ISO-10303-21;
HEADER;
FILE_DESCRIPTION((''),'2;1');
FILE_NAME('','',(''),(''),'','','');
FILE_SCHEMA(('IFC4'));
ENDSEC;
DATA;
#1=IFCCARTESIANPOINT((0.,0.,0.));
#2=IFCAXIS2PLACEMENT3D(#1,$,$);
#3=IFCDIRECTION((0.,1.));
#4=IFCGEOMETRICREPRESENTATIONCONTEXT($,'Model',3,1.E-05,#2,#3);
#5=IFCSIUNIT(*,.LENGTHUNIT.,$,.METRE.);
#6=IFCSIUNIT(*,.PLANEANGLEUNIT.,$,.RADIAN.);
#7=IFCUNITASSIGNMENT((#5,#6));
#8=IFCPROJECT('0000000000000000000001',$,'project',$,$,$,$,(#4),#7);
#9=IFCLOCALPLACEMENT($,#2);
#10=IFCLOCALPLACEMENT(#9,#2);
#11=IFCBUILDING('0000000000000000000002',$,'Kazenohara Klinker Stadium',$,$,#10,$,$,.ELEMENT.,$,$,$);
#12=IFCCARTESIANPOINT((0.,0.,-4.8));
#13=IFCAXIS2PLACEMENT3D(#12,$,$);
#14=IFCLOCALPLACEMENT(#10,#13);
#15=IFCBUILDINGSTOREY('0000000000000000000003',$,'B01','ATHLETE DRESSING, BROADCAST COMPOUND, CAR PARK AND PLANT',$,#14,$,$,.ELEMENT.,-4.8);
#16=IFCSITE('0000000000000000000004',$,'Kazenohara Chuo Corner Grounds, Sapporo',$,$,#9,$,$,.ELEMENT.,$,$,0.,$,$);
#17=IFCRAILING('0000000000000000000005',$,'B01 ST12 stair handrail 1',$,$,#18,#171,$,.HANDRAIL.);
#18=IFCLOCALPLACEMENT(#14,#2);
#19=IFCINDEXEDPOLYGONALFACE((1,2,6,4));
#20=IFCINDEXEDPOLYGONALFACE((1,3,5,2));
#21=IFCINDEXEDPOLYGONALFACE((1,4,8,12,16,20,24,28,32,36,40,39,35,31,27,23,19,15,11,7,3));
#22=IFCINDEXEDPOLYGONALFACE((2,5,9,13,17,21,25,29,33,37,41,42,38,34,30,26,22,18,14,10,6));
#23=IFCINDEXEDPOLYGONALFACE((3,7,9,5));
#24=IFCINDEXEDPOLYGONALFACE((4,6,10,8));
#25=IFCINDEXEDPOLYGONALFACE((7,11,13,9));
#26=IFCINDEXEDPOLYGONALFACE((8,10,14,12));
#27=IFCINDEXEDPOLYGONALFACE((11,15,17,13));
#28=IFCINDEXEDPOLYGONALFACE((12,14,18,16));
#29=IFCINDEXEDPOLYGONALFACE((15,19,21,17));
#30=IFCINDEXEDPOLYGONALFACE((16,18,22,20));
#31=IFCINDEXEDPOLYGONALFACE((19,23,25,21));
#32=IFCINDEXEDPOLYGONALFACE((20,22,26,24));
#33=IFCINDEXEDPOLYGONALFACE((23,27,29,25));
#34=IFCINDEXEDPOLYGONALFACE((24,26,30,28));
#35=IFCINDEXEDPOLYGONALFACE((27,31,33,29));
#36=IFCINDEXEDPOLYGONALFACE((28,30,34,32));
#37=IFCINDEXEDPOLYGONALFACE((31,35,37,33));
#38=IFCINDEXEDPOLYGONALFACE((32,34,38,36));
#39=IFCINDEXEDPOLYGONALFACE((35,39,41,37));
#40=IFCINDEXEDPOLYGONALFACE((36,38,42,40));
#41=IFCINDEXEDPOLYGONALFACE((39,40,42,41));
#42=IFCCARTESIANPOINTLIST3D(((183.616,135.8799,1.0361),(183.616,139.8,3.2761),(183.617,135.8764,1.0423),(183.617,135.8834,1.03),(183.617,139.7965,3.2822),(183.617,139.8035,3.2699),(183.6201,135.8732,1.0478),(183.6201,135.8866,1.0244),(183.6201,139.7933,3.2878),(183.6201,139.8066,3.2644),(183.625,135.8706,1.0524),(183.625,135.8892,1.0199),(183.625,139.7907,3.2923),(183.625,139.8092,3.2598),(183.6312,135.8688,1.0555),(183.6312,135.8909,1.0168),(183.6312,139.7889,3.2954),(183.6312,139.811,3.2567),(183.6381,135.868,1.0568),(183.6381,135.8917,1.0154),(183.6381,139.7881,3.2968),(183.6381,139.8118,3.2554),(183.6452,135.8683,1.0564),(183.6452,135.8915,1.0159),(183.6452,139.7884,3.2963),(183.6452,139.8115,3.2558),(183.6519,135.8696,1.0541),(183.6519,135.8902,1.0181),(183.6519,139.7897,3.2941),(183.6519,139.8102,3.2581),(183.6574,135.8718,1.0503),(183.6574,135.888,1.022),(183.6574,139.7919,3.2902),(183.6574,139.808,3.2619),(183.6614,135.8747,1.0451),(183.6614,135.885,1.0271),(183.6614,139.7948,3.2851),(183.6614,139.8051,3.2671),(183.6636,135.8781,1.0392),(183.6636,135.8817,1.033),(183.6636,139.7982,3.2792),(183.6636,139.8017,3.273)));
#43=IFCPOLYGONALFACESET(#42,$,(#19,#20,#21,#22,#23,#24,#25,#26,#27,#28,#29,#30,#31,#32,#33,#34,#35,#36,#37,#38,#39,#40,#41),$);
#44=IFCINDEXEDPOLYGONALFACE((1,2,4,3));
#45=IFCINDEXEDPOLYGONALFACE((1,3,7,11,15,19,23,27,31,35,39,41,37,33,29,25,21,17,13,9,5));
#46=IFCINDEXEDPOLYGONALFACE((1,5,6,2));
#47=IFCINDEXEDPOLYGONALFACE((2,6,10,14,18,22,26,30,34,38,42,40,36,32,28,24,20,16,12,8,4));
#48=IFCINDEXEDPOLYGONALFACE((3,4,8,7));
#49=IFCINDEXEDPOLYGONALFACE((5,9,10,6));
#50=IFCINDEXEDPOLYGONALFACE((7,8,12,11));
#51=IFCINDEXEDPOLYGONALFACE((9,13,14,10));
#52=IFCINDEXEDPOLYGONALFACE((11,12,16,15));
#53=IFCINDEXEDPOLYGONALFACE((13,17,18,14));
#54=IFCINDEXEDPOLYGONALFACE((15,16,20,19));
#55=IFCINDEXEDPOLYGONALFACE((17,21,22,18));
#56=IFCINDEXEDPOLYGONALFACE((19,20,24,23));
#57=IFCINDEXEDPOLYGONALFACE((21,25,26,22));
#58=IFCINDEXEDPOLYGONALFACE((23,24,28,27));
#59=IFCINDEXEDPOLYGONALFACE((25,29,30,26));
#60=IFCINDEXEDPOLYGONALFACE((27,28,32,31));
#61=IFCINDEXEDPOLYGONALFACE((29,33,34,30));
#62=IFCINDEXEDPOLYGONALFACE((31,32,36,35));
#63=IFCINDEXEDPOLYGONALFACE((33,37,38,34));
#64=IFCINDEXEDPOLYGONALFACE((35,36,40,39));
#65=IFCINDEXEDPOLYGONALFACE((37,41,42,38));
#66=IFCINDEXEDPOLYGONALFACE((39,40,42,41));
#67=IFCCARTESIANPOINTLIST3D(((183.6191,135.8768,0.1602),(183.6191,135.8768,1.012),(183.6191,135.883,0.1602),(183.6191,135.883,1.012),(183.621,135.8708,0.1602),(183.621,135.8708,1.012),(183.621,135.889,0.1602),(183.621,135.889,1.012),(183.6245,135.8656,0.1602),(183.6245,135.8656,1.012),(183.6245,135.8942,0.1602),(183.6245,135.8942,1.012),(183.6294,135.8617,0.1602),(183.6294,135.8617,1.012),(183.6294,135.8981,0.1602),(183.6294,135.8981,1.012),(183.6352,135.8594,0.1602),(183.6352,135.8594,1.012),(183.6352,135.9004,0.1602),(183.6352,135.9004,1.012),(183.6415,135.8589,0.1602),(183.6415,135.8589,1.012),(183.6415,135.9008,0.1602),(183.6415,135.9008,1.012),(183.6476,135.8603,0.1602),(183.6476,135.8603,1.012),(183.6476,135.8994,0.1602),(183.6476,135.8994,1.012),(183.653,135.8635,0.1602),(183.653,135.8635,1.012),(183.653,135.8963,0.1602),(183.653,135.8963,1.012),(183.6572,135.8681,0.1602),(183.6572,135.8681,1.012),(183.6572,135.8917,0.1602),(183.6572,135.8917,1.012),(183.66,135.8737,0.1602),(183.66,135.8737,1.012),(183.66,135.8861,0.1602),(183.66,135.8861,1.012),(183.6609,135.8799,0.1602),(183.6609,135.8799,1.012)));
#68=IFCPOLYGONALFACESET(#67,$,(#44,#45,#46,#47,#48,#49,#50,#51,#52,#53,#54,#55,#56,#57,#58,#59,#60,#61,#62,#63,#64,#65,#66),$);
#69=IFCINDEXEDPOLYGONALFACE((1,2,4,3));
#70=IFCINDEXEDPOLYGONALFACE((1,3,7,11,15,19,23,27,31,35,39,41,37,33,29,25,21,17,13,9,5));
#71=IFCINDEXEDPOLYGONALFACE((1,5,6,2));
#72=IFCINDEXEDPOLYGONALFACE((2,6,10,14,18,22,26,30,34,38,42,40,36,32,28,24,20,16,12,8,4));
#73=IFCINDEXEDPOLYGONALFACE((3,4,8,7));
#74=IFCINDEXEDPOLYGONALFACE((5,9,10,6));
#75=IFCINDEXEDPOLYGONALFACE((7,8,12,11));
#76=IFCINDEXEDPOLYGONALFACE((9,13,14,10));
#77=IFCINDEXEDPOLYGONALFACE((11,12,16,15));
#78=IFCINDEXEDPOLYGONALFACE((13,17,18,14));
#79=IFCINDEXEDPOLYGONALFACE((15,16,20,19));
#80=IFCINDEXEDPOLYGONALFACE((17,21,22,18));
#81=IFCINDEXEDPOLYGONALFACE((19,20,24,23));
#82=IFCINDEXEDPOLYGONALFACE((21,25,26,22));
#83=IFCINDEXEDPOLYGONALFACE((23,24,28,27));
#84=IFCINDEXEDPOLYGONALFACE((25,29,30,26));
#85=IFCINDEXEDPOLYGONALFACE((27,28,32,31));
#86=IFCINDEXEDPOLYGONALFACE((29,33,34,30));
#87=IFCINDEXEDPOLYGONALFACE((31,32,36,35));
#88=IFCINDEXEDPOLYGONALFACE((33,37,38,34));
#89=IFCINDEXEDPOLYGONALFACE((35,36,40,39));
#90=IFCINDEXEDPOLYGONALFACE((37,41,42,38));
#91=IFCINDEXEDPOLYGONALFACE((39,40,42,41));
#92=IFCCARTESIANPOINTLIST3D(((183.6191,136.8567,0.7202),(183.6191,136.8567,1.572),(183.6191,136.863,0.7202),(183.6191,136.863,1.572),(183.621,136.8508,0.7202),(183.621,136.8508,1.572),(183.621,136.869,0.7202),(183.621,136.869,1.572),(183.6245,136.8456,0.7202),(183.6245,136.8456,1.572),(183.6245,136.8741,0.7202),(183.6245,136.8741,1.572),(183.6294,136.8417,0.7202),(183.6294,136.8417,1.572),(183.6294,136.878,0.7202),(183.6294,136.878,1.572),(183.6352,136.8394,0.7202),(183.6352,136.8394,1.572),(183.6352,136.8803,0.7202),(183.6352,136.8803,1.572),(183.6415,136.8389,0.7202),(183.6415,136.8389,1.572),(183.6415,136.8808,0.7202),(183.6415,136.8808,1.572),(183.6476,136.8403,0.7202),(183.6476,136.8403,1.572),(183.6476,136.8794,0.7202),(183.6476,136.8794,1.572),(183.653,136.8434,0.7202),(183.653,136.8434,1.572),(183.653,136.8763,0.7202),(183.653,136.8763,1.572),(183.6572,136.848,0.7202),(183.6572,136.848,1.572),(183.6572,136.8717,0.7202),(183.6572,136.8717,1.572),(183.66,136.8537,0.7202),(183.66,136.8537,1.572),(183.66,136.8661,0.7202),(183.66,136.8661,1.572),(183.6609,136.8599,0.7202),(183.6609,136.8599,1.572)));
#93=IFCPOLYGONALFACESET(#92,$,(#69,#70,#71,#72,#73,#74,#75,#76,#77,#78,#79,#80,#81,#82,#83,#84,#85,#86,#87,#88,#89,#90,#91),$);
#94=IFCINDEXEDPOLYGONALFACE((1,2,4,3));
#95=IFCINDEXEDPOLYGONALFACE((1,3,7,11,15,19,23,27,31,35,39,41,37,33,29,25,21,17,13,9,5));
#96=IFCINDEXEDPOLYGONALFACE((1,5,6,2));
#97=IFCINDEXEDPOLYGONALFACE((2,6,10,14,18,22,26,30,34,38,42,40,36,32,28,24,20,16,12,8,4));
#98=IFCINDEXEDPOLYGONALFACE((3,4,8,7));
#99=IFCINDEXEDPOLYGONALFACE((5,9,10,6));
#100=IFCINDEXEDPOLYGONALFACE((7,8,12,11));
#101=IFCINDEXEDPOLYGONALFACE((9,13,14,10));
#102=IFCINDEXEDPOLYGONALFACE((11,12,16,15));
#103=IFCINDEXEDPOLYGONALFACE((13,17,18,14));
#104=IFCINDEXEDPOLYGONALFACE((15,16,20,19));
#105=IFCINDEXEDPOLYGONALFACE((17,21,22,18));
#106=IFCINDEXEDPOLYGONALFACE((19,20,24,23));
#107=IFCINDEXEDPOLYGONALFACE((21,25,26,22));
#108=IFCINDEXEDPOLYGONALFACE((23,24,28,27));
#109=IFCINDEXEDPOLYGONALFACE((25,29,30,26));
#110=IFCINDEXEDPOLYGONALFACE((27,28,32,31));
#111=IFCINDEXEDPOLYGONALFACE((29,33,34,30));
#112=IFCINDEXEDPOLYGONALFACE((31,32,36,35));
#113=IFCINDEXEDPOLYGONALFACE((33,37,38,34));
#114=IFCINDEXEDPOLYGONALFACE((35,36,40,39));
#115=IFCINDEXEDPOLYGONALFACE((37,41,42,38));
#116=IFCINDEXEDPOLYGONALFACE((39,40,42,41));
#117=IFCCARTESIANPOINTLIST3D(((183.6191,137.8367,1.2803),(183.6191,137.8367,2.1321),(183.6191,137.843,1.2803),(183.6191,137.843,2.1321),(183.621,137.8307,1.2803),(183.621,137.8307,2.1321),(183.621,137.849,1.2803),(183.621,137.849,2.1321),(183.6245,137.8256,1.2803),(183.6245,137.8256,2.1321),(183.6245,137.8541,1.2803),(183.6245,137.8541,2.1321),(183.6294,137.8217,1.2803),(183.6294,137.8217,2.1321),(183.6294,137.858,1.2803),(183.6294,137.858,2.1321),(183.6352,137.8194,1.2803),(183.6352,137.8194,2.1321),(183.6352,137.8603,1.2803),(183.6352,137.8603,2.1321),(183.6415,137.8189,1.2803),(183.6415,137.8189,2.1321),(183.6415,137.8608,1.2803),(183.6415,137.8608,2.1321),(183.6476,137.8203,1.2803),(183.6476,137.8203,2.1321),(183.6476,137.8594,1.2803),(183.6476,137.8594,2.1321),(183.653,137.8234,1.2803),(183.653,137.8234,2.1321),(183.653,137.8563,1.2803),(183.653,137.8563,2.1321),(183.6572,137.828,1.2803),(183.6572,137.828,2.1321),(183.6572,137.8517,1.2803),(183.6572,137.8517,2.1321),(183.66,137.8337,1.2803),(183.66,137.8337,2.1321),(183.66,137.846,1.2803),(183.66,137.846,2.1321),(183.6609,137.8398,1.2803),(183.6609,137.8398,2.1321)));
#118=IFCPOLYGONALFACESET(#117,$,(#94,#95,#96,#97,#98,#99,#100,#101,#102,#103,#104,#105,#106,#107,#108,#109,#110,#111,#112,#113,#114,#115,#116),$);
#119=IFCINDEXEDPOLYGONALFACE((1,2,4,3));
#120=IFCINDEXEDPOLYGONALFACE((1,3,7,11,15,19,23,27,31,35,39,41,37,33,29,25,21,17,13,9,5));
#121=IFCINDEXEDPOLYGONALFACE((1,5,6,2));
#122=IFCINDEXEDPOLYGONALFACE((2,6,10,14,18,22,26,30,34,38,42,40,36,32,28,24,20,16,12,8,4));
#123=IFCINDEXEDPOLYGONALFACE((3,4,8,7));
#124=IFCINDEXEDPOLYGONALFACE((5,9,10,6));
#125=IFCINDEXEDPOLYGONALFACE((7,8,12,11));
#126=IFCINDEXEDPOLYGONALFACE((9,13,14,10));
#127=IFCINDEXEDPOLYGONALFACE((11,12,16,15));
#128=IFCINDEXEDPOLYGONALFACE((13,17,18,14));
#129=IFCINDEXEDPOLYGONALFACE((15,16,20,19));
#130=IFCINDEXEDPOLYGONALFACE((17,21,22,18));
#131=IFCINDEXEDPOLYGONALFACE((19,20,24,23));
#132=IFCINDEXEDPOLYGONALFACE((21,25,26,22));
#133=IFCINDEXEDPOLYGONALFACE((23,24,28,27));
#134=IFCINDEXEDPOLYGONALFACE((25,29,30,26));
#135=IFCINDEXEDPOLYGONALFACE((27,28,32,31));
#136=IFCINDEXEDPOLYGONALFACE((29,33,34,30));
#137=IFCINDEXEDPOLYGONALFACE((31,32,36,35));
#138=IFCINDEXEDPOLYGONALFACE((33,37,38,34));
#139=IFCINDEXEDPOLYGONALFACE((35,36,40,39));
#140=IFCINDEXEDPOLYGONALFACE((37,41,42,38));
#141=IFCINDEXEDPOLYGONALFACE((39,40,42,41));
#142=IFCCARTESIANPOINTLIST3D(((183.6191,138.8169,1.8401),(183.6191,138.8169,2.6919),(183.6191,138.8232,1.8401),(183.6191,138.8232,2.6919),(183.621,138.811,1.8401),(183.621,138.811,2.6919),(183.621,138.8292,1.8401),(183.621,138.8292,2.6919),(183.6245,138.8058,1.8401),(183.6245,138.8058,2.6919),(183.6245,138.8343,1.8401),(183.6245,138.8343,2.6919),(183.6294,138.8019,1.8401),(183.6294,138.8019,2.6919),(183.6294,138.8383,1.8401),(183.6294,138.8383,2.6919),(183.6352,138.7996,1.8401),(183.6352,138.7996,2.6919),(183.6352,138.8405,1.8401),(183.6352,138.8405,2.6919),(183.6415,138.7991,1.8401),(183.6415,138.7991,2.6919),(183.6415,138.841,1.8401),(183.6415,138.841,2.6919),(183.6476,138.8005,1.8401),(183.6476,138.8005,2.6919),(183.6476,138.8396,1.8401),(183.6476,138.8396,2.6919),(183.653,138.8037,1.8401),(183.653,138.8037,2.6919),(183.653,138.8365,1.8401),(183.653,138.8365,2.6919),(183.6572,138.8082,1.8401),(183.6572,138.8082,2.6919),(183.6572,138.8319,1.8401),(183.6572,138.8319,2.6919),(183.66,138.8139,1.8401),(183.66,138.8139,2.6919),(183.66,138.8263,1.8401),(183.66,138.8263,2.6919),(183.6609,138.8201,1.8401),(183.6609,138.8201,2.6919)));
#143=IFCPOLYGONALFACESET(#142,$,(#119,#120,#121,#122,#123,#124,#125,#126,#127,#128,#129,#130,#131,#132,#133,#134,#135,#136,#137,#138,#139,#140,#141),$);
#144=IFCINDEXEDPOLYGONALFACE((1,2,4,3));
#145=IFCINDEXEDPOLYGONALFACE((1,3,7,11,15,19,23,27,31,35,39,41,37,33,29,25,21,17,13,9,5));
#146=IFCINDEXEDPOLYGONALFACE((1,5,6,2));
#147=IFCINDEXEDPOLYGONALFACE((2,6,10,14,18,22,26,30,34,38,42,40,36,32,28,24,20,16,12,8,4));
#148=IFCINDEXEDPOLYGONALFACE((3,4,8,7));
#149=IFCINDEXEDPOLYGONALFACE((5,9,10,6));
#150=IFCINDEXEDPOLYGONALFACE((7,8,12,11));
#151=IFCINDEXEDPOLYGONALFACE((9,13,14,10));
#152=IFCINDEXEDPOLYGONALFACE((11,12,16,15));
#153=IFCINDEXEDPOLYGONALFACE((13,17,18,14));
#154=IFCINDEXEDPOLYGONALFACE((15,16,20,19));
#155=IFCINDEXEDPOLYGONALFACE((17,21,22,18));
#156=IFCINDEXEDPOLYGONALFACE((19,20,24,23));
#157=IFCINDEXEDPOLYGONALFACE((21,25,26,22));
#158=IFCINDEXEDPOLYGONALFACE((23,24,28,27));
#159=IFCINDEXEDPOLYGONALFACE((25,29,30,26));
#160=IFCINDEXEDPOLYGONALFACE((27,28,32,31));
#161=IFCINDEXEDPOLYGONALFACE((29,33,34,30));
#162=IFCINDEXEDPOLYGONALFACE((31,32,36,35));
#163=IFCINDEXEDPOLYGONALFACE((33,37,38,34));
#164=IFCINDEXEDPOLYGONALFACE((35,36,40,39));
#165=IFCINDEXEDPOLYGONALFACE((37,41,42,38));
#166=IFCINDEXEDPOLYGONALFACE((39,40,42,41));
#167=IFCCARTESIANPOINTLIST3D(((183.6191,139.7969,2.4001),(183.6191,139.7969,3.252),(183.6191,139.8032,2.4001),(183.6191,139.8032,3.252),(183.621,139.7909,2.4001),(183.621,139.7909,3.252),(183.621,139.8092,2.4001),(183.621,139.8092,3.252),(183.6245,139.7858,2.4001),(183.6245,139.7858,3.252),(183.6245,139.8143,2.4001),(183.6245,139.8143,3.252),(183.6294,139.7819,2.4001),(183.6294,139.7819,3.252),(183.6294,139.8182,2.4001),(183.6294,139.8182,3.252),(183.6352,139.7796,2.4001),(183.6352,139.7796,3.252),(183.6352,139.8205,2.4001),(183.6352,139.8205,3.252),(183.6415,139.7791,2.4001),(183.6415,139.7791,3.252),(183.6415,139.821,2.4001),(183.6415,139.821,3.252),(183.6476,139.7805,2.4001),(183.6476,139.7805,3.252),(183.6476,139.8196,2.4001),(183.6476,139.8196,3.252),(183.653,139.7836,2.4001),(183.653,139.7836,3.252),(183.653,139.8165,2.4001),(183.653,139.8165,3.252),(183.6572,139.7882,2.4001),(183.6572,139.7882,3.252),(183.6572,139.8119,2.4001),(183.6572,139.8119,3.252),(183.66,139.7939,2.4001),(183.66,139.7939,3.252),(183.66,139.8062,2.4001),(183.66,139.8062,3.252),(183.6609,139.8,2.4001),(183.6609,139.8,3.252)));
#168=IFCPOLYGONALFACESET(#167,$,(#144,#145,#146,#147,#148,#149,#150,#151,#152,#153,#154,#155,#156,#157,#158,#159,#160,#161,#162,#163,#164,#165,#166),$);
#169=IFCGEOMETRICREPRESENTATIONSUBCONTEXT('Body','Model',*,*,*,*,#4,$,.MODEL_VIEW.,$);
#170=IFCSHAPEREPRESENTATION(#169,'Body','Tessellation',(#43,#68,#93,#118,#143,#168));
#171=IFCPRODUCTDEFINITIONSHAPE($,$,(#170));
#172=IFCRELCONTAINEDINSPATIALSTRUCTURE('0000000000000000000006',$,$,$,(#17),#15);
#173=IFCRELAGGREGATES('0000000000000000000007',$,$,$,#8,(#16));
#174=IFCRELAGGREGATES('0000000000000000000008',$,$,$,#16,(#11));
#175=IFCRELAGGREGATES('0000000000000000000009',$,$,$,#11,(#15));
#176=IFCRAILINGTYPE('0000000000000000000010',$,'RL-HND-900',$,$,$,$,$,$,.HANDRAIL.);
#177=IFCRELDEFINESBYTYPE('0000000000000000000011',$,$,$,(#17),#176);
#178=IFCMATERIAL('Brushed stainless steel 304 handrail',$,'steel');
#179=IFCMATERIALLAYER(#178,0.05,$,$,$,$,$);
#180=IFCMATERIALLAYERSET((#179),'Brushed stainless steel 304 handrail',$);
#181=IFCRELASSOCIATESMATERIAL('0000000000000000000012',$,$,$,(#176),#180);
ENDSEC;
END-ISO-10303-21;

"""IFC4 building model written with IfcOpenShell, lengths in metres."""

from ifc_helpers import new_model, si_unit, direction, frame, origin, origin_2d, place, context, subcontext, project, spatial, circle, extrude, material, layer, layer_set, type_object, element, save


model = new_model("IFC4")

# Units and contexts
model_context = context("Model", 3, precision=1e-05, world=origin(), true_north=direction((0.0, 1.0)))
body_context = subcontext(model_context, "Body", "Model", "MODEL_VIEW")
ifc_project = project(units=[si_unit("LENGTHUNIT", "METRE"), si_unit("PLANEANGLEUNIT", "RADIAN")], contexts=[model_context])

# Site, building, storey
site_placement = place(None, origin())
site = spatial("IfcSite", under=ifc_project, at=site_placement, Name="Kazenohara Chuo Corner Grounds, Sapporo", CompositionType="ELEMENT", RefElevation=0.0)
building_placement = place(site_placement, origin())
building = spatial("IfcBuilding", under=site, at=building_placement, Name="Kazenohara Klinker Stadium", CompositionType="ELEMENT")
storey_placement = place(building_placement, frame((0.0, 0.0, -4.8)))
storey = spatial("IfcBuildingStorey", under=building, at=storey_placement, Name="B01", Description="ATHLETE DRESSING, BROADCAST COMPOUND, CAR PARK AND PLANT", CompositionType="ELEMENT", Elevation=-4.8)

# Railing
ifc_material_1 = material(Name="Brushed stainless steel 304 handrail", Category="steel")
ifc_layer_1 = layer(ifc_material_1, 0.05)
ifc_layer_set_1 = layer_set([ifc_layer_1], Name="Brushed stainless steel 304 handrail")
railing_type_1 = type_object("IfcRailingType", Name="RL-HND-900", PredefinedType="HANDRAIL", material=ifc_layer_set_1)
railing_1_placement = place(storey_placement, frame((183.6399, 135.8799, 0.1602)))
element("IfcRailing", 1, at=railing_1_placement, inside=storey, type_object=railing_type_1, Name="B01 ST12 stair handrail 1", PredefinedType="HANDRAIL", context=body_context, shape_type="SweptSolid", body=[
    extrude(circle(Radius=0.0239, at=origin_2d()), frame((0.0, 0.0, 0.876), z_axis=(0.0, 0.868253, 0.496121), x_axis=(-1.0, 0.0, 0.0)), (0.0, 0.0, 1.0), 4.5149),
    extrude(circle(Radius=0.021, at=origin_2d()), origin(), (0.0, 0.0, 1.0), 0.8518),
    extrude(circle(Radius=0.021, at=origin_2d()), frame((0.0, 0.98, 0.5601)), (0.0, 0.0, 1.0), 0.8518),
    extrude(circle(Radius=0.021, at=origin_2d()), frame((0.0, 1.96, 1.1201)), (0.0, 0.0, 1.0), 0.8518),
    extrude(circle(Radius=0.021, at=origin_2d()), frame((0.0, 2.9402, 1.6799)), (0.0, 0.0, 1.0), 0.8518),
    extrude(circle(Radius=0.021, at=origin_2d()), frame((0.0, 3.9202, 2.24)), (0.0, 0.0, 1.0), 0.8518),
])

save(model, "model.ifc")
